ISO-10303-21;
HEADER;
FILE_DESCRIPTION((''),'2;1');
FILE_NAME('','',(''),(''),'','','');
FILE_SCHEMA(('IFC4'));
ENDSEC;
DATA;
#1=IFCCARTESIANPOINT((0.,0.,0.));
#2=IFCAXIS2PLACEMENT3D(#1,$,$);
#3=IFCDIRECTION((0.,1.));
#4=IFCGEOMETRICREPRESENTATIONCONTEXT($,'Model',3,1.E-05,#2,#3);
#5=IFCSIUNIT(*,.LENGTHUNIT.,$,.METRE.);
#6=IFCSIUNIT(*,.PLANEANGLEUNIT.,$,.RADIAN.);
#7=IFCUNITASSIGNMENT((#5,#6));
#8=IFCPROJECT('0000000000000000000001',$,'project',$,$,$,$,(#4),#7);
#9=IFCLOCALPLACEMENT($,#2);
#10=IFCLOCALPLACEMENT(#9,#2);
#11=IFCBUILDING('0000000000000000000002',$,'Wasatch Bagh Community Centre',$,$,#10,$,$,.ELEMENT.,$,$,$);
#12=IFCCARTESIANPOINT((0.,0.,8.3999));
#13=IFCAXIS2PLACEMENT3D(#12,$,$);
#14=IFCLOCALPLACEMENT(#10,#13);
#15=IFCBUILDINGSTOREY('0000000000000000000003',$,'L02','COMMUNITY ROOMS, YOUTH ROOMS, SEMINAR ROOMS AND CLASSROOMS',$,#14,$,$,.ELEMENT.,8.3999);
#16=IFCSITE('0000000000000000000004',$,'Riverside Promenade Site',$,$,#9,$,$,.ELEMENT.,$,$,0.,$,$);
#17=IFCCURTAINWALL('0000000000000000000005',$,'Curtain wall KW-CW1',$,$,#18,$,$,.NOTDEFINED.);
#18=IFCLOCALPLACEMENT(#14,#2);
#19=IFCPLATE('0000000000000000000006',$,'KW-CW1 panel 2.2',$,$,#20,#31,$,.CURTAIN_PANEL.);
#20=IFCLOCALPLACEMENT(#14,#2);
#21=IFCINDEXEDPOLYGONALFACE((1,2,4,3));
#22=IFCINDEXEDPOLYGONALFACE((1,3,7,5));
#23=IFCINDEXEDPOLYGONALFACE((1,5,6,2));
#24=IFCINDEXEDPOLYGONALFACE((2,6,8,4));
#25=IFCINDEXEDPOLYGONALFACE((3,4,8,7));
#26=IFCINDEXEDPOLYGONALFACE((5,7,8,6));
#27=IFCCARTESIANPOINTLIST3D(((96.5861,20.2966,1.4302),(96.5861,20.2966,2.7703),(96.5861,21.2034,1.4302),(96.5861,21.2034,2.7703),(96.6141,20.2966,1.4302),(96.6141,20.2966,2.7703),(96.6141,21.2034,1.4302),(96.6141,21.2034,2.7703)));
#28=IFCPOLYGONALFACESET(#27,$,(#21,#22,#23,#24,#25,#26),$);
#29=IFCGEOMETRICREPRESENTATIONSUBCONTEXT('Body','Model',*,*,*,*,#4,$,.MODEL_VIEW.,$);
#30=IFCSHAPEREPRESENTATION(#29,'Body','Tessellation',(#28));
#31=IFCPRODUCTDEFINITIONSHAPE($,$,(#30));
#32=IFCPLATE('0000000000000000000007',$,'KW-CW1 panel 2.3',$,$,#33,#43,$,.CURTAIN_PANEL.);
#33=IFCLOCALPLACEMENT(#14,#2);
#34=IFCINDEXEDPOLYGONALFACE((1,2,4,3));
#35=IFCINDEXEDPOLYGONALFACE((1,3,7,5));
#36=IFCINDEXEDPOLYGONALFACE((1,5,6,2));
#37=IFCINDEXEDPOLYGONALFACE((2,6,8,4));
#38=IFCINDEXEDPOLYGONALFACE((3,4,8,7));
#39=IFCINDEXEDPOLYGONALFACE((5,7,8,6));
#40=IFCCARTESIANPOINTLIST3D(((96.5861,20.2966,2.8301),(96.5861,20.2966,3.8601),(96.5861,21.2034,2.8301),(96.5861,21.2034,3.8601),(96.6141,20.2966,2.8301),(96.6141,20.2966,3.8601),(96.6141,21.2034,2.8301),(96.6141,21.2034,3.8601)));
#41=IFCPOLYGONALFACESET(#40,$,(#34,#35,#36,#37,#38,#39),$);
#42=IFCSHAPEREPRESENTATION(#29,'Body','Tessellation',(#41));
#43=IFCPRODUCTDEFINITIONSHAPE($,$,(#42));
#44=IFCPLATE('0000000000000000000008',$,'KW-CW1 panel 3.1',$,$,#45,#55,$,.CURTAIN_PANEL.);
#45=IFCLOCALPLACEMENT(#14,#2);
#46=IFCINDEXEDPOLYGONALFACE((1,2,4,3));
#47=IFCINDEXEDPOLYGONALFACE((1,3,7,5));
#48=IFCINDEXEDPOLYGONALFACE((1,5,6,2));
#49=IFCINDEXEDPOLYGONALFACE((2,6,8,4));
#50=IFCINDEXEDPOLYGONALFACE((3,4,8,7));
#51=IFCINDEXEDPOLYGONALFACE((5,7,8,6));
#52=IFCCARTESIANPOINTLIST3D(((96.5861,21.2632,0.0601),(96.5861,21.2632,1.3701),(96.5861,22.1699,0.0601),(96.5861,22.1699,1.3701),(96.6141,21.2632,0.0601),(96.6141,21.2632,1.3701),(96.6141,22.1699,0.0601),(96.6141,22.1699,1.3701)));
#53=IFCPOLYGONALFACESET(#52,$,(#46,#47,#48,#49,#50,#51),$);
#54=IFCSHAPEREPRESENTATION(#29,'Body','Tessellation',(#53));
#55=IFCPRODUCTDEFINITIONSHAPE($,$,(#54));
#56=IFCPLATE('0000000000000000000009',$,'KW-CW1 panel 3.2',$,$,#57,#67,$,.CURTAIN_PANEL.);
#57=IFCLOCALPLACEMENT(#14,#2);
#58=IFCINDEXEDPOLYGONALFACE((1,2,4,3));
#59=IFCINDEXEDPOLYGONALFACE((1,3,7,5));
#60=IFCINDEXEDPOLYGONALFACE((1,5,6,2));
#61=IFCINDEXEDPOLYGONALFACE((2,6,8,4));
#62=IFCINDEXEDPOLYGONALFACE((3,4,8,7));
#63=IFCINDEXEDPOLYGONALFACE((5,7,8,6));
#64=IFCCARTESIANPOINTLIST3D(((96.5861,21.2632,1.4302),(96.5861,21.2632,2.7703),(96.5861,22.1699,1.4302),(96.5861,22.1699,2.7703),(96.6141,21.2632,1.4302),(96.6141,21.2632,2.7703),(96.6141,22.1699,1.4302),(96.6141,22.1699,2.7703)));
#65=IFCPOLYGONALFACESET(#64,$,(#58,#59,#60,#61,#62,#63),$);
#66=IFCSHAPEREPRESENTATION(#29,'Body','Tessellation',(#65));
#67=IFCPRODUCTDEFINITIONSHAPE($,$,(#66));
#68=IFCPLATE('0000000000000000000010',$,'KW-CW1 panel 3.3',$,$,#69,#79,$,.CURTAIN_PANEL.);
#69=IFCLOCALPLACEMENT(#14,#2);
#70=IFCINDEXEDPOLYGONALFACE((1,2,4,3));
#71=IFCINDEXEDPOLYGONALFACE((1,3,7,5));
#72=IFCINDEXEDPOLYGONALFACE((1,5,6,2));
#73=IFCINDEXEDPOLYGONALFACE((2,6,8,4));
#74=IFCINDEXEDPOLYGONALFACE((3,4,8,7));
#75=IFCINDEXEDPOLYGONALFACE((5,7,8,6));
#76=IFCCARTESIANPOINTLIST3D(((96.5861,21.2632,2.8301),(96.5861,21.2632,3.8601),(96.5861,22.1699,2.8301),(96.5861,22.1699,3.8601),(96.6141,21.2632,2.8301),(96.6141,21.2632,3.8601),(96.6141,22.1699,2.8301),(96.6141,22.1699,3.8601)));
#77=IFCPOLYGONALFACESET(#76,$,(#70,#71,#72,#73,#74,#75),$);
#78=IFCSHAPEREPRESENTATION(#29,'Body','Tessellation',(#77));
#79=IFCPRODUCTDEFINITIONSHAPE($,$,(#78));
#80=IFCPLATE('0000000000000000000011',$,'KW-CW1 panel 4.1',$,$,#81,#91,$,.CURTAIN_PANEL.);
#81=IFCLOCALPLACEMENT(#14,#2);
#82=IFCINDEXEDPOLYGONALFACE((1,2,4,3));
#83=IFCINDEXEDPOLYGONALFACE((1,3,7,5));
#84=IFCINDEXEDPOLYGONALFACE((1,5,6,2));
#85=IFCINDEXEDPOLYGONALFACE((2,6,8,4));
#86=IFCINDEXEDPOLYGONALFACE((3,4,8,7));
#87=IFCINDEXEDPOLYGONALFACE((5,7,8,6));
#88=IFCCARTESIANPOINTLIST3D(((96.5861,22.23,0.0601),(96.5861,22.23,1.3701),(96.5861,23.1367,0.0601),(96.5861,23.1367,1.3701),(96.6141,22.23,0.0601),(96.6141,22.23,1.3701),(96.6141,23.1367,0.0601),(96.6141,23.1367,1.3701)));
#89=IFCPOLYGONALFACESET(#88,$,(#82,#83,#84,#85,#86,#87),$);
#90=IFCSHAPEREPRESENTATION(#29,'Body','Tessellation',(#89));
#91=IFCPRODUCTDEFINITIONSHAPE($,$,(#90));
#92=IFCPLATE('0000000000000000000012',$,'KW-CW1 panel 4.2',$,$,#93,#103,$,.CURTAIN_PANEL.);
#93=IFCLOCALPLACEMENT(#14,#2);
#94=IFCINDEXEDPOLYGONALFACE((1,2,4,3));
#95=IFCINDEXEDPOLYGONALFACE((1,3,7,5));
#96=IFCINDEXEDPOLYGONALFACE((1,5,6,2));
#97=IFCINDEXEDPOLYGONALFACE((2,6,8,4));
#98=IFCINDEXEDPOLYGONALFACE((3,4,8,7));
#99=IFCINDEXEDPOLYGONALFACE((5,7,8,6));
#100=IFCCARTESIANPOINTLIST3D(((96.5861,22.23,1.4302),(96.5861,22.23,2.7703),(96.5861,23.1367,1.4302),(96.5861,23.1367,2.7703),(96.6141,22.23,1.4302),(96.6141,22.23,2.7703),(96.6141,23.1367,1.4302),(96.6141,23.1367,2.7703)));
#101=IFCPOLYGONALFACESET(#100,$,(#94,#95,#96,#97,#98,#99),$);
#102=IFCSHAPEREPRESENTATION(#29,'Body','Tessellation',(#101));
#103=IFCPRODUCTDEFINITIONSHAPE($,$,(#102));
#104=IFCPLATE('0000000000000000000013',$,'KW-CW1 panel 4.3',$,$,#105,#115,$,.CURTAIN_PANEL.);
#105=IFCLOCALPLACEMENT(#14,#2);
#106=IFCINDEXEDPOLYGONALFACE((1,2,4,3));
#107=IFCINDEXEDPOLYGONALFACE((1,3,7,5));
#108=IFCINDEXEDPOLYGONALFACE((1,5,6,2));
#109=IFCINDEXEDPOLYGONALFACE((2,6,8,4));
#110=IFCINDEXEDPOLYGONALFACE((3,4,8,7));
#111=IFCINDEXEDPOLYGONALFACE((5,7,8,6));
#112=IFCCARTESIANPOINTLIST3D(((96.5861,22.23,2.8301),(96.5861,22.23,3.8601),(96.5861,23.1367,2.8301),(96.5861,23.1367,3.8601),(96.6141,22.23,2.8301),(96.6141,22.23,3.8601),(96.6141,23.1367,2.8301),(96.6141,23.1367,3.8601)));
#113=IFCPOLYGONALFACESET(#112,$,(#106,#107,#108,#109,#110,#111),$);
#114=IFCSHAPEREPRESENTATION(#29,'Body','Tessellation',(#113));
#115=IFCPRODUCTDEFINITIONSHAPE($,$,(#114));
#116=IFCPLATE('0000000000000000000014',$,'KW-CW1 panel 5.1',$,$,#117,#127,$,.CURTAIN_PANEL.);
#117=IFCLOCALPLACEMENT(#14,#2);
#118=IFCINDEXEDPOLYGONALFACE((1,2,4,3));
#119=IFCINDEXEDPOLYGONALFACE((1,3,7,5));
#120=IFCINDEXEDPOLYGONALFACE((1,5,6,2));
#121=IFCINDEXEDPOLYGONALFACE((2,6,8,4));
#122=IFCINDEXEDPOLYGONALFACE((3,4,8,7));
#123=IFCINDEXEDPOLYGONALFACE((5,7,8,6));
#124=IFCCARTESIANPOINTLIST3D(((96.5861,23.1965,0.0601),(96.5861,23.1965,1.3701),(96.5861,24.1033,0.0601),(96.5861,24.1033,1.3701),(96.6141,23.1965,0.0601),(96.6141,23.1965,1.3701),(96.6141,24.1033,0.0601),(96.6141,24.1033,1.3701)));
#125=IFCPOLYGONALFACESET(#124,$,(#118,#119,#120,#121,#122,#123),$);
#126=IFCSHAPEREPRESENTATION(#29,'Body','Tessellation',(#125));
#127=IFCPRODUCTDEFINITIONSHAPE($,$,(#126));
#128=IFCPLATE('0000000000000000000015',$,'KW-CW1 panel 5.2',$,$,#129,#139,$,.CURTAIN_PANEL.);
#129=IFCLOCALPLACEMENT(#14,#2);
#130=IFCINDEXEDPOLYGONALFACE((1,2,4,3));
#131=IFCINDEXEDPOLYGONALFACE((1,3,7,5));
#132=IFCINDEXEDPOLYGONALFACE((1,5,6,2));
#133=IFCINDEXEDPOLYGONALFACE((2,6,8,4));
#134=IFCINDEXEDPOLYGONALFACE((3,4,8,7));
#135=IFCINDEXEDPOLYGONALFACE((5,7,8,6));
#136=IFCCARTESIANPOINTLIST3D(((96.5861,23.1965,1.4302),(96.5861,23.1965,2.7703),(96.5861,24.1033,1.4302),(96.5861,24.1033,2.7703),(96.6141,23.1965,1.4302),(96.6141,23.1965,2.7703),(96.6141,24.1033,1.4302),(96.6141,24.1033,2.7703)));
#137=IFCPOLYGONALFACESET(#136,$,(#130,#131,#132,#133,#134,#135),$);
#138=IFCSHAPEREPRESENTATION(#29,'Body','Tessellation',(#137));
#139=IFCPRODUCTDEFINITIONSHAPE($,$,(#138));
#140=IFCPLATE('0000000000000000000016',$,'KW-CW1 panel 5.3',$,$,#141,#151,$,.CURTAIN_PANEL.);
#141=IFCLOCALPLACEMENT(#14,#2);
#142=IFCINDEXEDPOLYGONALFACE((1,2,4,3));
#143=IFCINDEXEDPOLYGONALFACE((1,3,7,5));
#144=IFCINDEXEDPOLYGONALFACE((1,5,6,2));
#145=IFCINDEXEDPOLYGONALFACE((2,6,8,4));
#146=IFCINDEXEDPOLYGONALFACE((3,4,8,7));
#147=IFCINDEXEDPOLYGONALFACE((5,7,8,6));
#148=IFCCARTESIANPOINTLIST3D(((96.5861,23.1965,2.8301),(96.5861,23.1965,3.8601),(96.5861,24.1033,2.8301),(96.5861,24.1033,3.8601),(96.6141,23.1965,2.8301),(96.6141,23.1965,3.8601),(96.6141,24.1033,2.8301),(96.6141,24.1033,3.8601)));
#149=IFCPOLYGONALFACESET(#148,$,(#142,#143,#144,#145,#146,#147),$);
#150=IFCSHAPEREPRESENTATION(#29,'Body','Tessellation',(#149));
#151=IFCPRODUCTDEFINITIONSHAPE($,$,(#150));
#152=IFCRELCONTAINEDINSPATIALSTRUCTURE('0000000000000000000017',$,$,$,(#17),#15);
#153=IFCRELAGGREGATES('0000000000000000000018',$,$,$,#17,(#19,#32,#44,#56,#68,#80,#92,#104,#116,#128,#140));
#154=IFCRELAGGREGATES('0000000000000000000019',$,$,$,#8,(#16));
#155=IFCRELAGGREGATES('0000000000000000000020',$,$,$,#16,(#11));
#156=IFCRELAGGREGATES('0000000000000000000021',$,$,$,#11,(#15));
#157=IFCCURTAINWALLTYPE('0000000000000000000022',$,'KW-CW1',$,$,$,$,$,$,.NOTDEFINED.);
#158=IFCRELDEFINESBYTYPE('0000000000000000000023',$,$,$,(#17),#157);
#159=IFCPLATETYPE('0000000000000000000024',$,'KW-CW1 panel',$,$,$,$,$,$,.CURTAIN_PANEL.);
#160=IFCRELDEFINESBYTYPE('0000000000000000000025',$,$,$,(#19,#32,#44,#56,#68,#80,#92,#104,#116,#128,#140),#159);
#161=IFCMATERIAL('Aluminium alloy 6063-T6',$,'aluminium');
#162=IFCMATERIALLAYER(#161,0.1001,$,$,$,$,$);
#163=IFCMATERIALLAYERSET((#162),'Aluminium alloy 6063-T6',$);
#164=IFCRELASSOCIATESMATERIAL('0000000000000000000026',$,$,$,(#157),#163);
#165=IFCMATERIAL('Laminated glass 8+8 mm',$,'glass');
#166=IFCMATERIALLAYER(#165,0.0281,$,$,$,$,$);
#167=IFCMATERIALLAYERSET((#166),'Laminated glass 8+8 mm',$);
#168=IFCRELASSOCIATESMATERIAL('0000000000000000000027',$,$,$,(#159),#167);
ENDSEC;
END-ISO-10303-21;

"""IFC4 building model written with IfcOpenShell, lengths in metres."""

from ifc_helpers import new_model, si_unit, direction, frame, origin, origin_2d, place, context, subcontext, project, spatial, rectangle, extrude, material, layer, layer_set, type_object, element, aggregate, save


model = new_model("IFC4")

# Units and contexts
model_context = context("Model", 3, precision=1e-05, world=origin(), true_north=direction((0.0, 1.0)))
body_context = subcontext(model_context, "Body", "Model", "MODEL_VIEW")
ifc_project = project(units=[si_unit("LENGTHUNIT", "METRE"), si_unit("PLANEANGLEUNIT", "RADIAN")], contexts=[model_context])

# Site, building, storey
site_placement = place(None, origin())
site = spatial("IfcSite", under=ifc_project, at=site_placement, Name="Riverside Promenade Site", CompositionType="ELEMENT", RefElevation=0.0)
building_placement = place(site_placement, origin())
building = spatial("IfcBuilding", under=site, at=building_placement, Name="Wasatch Bagh Community Centre", CompositionType="ELEMENT")
storey_placement = place(building_placement, frame((0.0, 0.0, 8.3999)))
storey = spatial("IfcBuildingStorey", under=building, at=storey_placement, Name="L02", Description="COMMUNITY ROOMS, YOUTH ROOMS, SEMINAR ROOMS AND CLASSROOMS", CompositionType="ELEMENT", Elevation=8.3999)

# Curtain wall, plates
ifc_material_1 = material(Name="Aluminium alloy 6063-T6", Category="aluminium")
ifc_layer_1 = layer(ifc_material_1, 0.1001)
ifc_layer_set_1 = layer_set([ifc_layer_1], Name="Aluminium alloy 6063-T6")
curtain_wall_type = type_object("IfcCurtainWallType", Name="KW-CW1", PredefinedType="NOTDEFINED", material=ifc_layer_set_1)
curtain_wall_placement = place(storey_placement, origin())
curtain_wall = element("IfcCurtainWall", 1, at=curtain_wall_placement, inside=storey, type_object=curtain_wall_type, Name="Curtain wall KW-CW1", PredefinedType="NOTDEFINED")
ifc_material_2 = material(Name="Laminated glass 8+8 mm", Category="glass")
ifc_layer_2 = layer(ifc_material_2, 0.0281)
ifc_layer_set_2 = layer_set([ifc_layer_2], Name="Laminated glass 8+8 mm")
plate_type = type_object("IfcPlateType", Name="KW-CW1 panel", PredefinedType="CURTAIN_PANEL", material=ifc_layer_set_2)
plate_1_placement = place(storey_placement, frame((96.6001, 20.75, 1.4302), z_axis=(0.0, 0.0, 1.0), x_axis=(0.0, 1.0, 0.0)))
plate_1 = element("IfcPlate", 2, at=plate_1_placement, type_object=plate_type, Name="KW-CW1 panel 2.2", PredefinedType="CURTAIN_PANEL", context=body_context, shape_type="SweptSolid", body=[
    extrude(rectangle(XDim=0.9067, YDim=0.0281, at=origin_2d()), origin(), (0.0, 0.0, 1.0), 1.3401),
])
plate_2_placement = place(storey_placement, frame((96.6001, 20.75, 2.8301), z_axis=(0.0, 0.0, 1.0), x_axis=(0.0, 1.0, 0.0)))
plate_2 = element("IfcPlate", 3, at=plate_2_placement, type_object=plate_type, Name="KW-CW1 panel 2.3", PredefinedType="CURTAIN_PANEL", context=body_context, shape_type="SweptSolid", body=[
    extrude(rectangle(XDim=0.9067, YDim=0.0281, at=origin_2d()), origin(), (0.0, 0.0, 1.0), 1.03),
])
plate_3_placement = place(storey_placement, frame((96.6001, 21.7166, 0.0601), z_axis=(0.0, 0.0, 1.0), x_axis=(0.0, 1.0, 0.0)))
plate_3 = element("IfcPlate", 4, at=plate_3_placement, type_object=plate_type, Name="KW-CW1 panel 3.1", PredefinedType="CURTAIN_PANEL", context=body_context, shape_type="SweptSolid", body=[
    extrude(rectangle(XDim=0.9067, YDim=0.0281, at=origin_2d()), origin(), (0.0, 0.0, 1.0), 1.3101),
])
plate_4_placement = place(storey_placement, frame((96.6001, 21.7166, 1.4302), z_axis=(0.0, 0.0, 1.0), x_axis=(0.0, 1.0, 0.0)))
plate_4 = element("IfcPlate", 5, at=plate_4_placement, type_object=plate_type, Name="KW-CW1 panel 3.2", PredefinedType="CURTAIN_PANEL", context=body_context, shape_type="SweptSolid", body=[
    extrude(rectangle(XDim=0.9067, YDim=0.0281, at=origin_2d()), origin(), (0.0, 0.0, 1.0), 1.3401),
])
plate_5_placement = place(storey_placement, frame((96.6001, 21.7166, 2.8301), z_axis=(0.0, 0.0, 1.0), x_axis=(0.0, 1.0, 0.0)))
plate_5 = element("IfcPlate", 6, at=plate_5_placement, type_object=plate_type, Name="KW-CW1 panel 3.3", PredefinedType="CURTAIN_PANEL", context=body_context, shape_type="SweptSolid", body=[
    extrude(rectangle(XDim=0.9067, YDim=0.0281, at=origin_2d()), origin(), (0.0, 0.0, 1.0), 1.03),
])
plate_6_placement = place(storey_placement, frame((96.6001, 22.6833, 0.0601), z_axis=(0.0, 0.0, 1.0), x_axis=(0.0, 1.0, 0.0)))
plate_6 = element("IfcPlate", 7, at=plate_6_placement, type_object=plate_type, Name="KW-CW1 panel 4.1", PredefinedType="CURTAIN_PANEL", context=body_context, shape_type="SweptSolid", body=[
    extrude(rectangle(XDim=0.9067, YDim=0.0281, at=origin_2d()), origin(), (0.0, 0.0, 1.0), 1.3101),
])
plate_7_placement = place(storey_placement, frame((96.6001, 22.6833, 1.4302), z_axis=(0.0, 0.0, 1.0), x_axis=(0.0, 1.0, 0.0)))
plate_7 = element("IfcPlate", 8, at=plate_7_placement, type_object=plate_type, Name="KW-CW1 panel 4.2", PredefinedType="CURTAIN_PANEL", context=body_context, shape_type="SweptSolid", body=[
    extrude(rectangle(XDim=0.9067, YDim=0.0281, at=origin_2d()), origin(), (0.0, 0.0, 1.0), 1.3401),
])
plate_8_placement = place(storey_placement, frame((96.6001, 22.6833, 2.8301), z_axis=(0.0, 0.0, 1.0), x_axis=(0.0, 1.0, 0.0)))
plate_8 = element("IfcPlate", 9, at=plate_8_placement, type_object=plate_type, Name="KW-CW1 panel 4.3", PredefinedType="CURTAIN_PANEL", context=body_context, shape_type="SweptSolid", body=[
    extrude(rectangle(XDim=0.9067, YDim=0.0281, at=origin_2d()), origin(), (0.0, 0.0, 1.0), 1.03),
])
plate_9_placement = place(storey_placement, frame((96.6001, 23.6499, 0.0601), z_axis=(0.0, 0.0, 1.0), x_axis=(0.0, 1.0, 0.0)))
plate_9 = element("IfcPlate", 10, at=plate_9_placement, type_object=plate_type, Name="KW-CW1 panel 5.1", PredefinedType="CURTAIN_PANEL", context=body_context, shape_type="SweptSolid", body=[
    extrude(rectangle(XDim=0.9067, YDim=0.0281, at=origin_2d()), origin(), (0.0, 0.0, 1.0), 1.3101),
])
plate_10_placement = place(storey_placement, frame((96.6001, 23.6499, 1.4302), z_axis=(0.0, 0.0, 1.0), x_axis=(0.0, 1.0, 0.0)))
plate_10 = element("IfcPlate", 11, at=plate_10_placement, type_object=plate_type, Name="KW-CW1 panel 5.2", PredefinedType="CURTAIN_PANEL", context=body_context, shape_type="SweptSolid", body=[
    extrude(rectangle(XDim=0.9067, YDim=0.0281, at=origin_2d()), origin(), (0.0, 0.0, 1.0), 1.3401),
])
plate_11_placement = place(storey_placement, frame((96.6001, 23.6499, 2.8301), z_axis=(0.0, 0.0, 1.0), x_axis=(0.0, 1.0, 0.0)))
plate_11 = element("IfcPlate", 12, at=plate_11_placement, type_object=plate_type, Name="KW-CW1 panel 5.3", PredefinedType="CURTAIN_PANEL", context=body_context, shape_type="SweptSolid", body=[
    extrude(rectangle(XDim=0.9067, YDim=0.0281, at=origin_2d()), origin(), (0.0, 0.0, 1.0), 1.03),
])
aggregate(curtain_wall, [plate_1, plate_2, plate_3, plate_4, plate_5, plate_6, plate_7, plate_8, plate_9, plate_10, plate_11])

save(model, "model.ifc")
